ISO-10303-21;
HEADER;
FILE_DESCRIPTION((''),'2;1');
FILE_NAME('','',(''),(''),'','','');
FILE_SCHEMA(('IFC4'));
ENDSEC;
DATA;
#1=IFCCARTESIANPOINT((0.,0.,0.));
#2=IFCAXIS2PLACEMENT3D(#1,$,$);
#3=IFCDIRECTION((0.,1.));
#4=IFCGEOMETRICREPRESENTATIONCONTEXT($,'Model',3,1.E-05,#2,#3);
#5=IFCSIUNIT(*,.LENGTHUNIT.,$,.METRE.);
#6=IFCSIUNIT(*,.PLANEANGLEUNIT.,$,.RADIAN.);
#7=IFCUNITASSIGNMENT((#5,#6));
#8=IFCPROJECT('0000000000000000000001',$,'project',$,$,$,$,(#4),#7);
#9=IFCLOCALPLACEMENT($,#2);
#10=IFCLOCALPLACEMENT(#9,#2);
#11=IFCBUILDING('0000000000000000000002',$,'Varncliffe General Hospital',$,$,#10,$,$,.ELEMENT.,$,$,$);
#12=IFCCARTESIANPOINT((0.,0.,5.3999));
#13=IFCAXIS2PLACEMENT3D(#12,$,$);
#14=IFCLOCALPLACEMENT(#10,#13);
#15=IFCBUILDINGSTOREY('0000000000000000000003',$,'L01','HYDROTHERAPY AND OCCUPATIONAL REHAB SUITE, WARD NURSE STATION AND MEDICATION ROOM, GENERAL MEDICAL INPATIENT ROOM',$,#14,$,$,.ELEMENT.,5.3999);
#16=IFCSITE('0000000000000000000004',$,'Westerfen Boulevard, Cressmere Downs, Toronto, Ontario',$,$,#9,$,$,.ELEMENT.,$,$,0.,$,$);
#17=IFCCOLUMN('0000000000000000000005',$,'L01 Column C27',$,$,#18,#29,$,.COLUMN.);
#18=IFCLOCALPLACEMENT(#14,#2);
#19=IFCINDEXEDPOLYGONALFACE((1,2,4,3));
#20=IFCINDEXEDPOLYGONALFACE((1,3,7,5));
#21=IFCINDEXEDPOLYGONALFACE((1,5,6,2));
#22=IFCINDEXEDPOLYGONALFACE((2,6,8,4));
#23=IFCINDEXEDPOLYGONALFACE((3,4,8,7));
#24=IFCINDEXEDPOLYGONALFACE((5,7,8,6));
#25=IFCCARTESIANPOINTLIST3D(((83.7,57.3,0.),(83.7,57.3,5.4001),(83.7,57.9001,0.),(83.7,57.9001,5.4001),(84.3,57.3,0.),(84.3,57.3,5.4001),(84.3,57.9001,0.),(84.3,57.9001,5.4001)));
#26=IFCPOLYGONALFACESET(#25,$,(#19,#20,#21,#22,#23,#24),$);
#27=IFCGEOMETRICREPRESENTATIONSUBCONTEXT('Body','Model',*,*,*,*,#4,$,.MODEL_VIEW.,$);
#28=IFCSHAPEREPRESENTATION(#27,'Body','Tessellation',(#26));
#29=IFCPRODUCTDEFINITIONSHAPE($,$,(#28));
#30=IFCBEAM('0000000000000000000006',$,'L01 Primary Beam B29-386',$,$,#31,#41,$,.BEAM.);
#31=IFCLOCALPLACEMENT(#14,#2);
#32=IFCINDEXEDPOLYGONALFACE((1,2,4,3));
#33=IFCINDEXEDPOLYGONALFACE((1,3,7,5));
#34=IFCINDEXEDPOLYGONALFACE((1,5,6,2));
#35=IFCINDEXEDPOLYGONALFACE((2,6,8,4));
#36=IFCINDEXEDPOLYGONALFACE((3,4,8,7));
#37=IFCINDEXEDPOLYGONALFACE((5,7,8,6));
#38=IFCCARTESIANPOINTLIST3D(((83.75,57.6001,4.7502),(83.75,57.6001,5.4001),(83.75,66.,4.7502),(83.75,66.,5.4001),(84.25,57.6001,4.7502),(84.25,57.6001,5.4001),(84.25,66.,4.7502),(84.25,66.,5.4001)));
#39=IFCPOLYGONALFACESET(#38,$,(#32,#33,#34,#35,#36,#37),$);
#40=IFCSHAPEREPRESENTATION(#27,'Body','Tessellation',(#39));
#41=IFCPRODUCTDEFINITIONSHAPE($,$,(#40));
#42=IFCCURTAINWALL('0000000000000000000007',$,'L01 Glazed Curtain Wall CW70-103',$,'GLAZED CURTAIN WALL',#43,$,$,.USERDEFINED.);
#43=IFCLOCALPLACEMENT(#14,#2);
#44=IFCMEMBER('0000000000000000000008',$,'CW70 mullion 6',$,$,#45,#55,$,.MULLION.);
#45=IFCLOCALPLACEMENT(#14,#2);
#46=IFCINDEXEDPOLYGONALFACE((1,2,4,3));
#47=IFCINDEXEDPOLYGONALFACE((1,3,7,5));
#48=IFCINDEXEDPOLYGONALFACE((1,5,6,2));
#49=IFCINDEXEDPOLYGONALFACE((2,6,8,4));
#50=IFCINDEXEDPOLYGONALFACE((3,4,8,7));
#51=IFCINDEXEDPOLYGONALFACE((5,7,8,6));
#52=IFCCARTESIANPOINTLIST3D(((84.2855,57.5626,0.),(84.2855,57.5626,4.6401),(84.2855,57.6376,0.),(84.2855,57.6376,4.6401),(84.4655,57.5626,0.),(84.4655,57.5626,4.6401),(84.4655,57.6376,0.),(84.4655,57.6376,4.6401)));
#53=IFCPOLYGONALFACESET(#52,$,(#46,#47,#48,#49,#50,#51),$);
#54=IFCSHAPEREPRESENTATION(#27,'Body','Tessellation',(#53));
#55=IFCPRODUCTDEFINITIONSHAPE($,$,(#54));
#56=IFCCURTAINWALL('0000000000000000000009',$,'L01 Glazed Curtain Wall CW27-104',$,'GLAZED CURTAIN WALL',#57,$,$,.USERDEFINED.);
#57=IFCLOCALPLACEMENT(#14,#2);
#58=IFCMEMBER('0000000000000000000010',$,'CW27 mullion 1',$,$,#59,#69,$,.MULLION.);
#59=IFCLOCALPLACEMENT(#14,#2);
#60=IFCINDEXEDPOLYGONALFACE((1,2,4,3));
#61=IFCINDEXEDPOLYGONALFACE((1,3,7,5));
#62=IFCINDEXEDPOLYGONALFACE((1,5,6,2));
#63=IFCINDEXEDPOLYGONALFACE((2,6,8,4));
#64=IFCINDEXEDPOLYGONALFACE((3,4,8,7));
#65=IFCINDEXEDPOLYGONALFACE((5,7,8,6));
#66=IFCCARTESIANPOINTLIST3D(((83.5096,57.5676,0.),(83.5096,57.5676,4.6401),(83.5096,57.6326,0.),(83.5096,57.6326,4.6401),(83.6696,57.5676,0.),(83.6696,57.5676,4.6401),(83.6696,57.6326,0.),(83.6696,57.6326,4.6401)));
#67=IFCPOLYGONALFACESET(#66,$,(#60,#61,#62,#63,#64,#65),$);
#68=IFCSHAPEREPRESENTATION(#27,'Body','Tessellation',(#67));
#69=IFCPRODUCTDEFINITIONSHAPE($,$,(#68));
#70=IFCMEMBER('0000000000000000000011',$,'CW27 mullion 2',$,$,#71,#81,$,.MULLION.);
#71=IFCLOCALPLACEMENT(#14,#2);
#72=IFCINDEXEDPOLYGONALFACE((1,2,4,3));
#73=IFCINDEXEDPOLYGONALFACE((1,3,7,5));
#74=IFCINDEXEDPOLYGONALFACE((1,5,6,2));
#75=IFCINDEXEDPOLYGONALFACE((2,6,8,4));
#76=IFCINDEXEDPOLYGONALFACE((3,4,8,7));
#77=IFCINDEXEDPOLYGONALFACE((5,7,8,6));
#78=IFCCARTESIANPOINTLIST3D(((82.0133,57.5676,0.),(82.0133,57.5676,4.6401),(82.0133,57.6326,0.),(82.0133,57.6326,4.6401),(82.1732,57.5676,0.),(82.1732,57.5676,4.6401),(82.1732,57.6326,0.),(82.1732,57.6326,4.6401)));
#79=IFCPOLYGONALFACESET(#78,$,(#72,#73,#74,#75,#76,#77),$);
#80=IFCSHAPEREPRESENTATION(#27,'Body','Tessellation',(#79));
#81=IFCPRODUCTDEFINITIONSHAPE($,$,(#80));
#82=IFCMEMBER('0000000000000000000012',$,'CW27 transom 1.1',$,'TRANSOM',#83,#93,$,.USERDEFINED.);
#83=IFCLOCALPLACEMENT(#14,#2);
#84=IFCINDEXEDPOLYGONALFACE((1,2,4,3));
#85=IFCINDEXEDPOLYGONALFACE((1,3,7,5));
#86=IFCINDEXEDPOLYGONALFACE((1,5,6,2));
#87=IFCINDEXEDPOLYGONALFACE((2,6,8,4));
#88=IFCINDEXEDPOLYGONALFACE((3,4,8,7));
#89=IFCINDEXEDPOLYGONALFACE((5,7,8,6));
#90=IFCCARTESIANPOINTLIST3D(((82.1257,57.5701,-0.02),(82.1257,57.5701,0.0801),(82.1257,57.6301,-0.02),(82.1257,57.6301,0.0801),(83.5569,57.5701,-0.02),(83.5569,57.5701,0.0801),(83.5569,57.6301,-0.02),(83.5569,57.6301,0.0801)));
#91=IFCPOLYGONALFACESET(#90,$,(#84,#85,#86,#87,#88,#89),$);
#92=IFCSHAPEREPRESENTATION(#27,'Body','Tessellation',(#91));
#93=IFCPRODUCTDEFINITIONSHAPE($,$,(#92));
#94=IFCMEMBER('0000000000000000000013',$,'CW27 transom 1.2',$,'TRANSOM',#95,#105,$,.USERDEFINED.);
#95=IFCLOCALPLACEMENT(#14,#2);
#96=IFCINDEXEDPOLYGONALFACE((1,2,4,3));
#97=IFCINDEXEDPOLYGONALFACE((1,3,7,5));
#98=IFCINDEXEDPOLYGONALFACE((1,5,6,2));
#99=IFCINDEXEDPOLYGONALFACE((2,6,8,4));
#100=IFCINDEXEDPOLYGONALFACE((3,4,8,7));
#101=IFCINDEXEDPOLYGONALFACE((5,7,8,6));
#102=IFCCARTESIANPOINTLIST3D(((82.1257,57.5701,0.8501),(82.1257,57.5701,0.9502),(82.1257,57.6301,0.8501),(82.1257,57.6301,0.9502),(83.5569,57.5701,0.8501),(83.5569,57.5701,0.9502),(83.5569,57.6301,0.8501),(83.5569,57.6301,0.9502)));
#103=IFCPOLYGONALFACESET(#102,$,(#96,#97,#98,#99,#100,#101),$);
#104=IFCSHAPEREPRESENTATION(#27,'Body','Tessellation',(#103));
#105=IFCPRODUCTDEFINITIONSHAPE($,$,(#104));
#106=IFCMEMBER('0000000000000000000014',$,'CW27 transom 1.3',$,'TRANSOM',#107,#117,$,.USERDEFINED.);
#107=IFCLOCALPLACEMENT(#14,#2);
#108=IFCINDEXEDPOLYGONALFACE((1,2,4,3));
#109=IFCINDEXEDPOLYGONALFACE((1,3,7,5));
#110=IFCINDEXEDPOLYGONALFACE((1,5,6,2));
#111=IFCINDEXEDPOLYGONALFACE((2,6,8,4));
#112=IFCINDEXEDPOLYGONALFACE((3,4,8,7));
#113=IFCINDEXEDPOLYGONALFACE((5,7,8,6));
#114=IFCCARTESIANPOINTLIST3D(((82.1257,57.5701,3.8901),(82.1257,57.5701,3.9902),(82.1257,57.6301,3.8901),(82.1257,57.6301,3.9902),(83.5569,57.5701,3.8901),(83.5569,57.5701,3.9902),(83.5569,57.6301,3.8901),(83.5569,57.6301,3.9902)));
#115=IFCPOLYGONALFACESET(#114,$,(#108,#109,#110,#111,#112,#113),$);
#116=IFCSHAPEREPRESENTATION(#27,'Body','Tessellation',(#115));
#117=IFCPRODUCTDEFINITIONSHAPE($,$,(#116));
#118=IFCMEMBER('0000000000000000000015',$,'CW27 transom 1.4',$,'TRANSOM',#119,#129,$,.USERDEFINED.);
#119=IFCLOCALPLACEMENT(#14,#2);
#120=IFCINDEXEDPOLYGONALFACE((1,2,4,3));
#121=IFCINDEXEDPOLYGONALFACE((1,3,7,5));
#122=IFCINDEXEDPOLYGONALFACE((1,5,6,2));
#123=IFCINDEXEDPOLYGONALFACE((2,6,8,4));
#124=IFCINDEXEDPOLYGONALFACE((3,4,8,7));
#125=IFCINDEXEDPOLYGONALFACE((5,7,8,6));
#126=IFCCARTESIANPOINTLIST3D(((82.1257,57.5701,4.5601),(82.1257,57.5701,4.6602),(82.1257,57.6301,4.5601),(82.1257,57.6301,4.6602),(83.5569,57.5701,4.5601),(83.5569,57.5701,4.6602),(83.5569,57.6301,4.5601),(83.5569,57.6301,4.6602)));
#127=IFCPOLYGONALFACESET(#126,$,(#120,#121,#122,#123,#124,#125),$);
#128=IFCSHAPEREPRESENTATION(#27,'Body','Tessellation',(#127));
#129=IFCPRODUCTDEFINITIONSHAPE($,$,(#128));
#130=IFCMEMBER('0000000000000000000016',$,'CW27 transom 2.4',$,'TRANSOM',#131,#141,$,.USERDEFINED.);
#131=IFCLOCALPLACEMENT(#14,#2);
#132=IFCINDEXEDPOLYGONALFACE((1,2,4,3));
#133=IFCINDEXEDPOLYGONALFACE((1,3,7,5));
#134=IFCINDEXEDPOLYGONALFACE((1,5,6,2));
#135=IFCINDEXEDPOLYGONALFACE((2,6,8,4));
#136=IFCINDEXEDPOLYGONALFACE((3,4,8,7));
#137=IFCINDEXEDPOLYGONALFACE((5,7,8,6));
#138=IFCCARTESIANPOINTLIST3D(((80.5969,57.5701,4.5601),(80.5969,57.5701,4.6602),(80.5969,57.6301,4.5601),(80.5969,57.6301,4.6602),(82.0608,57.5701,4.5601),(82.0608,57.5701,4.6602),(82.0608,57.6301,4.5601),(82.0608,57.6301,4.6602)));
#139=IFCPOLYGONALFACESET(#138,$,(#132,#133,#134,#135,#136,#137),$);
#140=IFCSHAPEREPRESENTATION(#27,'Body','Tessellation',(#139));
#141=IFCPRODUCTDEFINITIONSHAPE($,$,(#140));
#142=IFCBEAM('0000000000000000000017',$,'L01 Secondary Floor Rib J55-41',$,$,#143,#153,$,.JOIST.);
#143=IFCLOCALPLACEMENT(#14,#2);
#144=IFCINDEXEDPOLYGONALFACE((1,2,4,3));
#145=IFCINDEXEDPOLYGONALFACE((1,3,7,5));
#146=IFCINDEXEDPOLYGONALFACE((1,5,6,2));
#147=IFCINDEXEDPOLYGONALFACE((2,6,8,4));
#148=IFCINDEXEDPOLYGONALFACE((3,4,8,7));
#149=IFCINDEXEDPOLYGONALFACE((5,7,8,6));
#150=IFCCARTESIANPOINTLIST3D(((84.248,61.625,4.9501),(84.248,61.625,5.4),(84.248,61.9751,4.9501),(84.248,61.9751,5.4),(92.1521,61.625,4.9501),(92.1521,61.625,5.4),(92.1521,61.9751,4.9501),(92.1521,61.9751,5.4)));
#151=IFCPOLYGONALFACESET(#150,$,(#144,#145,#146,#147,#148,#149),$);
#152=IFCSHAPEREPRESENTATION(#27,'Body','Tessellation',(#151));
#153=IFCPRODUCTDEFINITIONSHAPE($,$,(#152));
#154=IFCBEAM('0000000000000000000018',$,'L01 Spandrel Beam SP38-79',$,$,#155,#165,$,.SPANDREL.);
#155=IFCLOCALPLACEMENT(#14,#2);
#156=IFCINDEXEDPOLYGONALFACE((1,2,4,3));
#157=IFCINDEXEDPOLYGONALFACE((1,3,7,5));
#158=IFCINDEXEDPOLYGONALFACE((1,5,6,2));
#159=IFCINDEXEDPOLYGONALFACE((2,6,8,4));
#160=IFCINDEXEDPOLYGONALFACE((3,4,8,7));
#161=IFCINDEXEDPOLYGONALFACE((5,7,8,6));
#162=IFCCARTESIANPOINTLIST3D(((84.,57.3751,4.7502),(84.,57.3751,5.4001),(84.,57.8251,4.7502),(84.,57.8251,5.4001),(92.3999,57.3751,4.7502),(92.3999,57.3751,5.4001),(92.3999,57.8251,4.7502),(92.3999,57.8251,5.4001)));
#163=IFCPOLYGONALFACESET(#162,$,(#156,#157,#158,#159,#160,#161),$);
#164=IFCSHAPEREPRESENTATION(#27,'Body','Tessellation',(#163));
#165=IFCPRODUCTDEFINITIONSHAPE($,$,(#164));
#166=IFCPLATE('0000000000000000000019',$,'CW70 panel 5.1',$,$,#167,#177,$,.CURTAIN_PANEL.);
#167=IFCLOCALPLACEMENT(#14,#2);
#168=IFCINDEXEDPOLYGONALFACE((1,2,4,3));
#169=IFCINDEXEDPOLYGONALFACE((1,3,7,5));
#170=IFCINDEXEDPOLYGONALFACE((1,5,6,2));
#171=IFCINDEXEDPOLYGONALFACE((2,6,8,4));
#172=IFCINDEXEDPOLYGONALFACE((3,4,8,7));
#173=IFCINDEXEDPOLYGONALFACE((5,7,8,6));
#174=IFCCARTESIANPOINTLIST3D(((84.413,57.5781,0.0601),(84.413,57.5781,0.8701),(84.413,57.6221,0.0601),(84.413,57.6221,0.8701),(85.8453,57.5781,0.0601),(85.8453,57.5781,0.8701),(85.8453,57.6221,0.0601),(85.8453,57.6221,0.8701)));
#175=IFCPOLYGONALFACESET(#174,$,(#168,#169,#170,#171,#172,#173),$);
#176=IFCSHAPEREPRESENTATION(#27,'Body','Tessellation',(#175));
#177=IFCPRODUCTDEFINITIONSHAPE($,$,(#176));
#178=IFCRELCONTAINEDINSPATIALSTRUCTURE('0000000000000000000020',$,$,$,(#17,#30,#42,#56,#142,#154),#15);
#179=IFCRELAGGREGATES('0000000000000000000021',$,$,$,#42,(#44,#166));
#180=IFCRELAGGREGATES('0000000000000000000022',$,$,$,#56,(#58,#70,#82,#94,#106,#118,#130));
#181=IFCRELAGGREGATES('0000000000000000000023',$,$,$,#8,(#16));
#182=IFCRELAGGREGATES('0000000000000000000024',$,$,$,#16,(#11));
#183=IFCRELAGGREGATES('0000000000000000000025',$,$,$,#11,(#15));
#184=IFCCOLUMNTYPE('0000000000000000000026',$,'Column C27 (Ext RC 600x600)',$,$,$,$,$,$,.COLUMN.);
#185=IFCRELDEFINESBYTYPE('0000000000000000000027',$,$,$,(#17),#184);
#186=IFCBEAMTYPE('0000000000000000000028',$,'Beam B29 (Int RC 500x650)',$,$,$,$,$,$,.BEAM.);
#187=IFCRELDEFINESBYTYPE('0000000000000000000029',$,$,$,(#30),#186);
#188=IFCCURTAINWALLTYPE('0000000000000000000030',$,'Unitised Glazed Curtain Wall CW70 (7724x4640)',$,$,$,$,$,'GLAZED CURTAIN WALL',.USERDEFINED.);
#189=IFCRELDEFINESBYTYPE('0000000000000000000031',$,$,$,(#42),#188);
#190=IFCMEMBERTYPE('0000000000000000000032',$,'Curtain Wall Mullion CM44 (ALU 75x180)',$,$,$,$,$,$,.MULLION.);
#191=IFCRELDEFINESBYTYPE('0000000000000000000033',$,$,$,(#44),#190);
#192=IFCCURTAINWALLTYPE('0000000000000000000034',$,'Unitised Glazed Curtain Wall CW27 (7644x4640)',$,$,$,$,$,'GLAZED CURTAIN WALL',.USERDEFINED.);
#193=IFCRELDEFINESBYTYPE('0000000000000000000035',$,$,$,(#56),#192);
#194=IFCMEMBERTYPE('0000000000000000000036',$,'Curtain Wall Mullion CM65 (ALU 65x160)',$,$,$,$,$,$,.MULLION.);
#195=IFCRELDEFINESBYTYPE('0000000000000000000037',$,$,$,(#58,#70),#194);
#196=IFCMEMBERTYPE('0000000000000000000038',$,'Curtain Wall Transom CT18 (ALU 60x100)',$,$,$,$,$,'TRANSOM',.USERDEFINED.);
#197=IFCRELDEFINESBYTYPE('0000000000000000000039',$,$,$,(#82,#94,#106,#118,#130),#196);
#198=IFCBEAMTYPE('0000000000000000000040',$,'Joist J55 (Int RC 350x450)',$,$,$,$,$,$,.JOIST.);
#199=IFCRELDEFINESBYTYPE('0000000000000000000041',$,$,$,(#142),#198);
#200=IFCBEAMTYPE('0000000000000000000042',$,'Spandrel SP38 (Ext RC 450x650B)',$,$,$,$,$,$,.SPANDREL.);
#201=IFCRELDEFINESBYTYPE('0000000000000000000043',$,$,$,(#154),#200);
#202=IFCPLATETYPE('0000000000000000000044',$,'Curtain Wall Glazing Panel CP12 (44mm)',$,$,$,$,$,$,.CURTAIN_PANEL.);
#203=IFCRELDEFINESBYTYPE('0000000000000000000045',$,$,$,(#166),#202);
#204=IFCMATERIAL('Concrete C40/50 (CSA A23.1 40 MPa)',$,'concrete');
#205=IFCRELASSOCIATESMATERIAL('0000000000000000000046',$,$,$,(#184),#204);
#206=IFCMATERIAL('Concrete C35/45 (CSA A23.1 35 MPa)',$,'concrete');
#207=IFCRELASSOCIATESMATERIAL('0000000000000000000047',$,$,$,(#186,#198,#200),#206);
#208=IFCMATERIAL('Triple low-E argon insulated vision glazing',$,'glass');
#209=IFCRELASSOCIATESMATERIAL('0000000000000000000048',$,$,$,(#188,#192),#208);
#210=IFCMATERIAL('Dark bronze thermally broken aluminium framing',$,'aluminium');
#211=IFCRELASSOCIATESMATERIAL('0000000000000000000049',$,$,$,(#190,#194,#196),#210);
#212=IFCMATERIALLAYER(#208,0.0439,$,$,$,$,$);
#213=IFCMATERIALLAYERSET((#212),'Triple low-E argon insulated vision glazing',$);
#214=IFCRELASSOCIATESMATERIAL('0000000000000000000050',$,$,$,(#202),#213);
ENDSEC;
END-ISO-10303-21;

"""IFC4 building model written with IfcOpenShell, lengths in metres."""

from ifc_helpers import new_model, si_unit, direction, frame, origin, origin_2d, place, context, subcontext, project, spatial, rectangle, extrude, material, layer, layer_set, material_profile, profile_set, type_object, element, aggregate, save


model = new_model("IFC4")

# Units and contexts
model_context = context("Model", 3, precision=1e-05, world=origin(), true_north=direction((0.0, 1.0)))
body_context = subcontext(model_context, "Body", "Model", "MODEL_VIEW")
ifc_project = project(units=[si_unit("LENGTHUNIT", "METRE"), si_unit("PLANEANGLEUNIT", "RADIAN")], contexts=[model_context])

# Site, building, storey
site_placement = place(None, origin())
site = spatial("IfcSite", under=ifc_project, at=site_placement, Name="Westerfen Boulevard, Cressmere Downs, Toronto, Ontario", CompositionType="ELEMENT", RefElevation=0.0)
building_placement = place(site_placement, origin())
building = spatial("IfcBuilding", under=site, at=building_placement, Name="Varncliffe General Hospital", CompositionType="ELEMENT")
storey_placement = place(building_placement, frame((0.0, 0.0, 5.3999)))
storey = spatial("IfcBuildingStorey", under=building, at=storey_placement, Name="L01", Description="HYDROTHERAPY AND OCCUPATIONAL REHAB SUITE, WARD NURSE STATION AND MEDICATION ROOM, GENERAL MEDICAL INPATIENT ROOM", CompositionType="ELEMENT", Elevation=5.3999)

# Column
ifc_material_1 = material(Name="Concrete C40/50 (CSA A23.1 40 MPa)", Category="concrete")
ifc_material_profile_1 = material_profile(ifc_material_1, rectangle(XDim=0.6001, YDim=0.6001, at=origin_2d()), Name="RC 600x600")
ifc_profile_set_1 = profile_set([ifc_material_profile_1], Name="Concrete C40/50 (CSA A23.1 40 MPa)")
column_type = type_object("IfcColumnType", Name="Column C27 (Ext RC 600x600)", PredefinedType="COLUMN", material=ifc_profile_set_1)
column_placement = place(storey_placement, frame((84.0, 57.6001, 0.0), z_axis=(0.0, 0.0, 1.0), x_axis=(1.0, 0.0, 0.0)))
element("IfcColumn", 1, at=column_placement, inside=storey, type_object=column_type, Name="L01 Column C27", PredefinedType="COLUMN", context=body_context, shape_type="SweptSolid", body=[
    extrude(rectangle(XDim=0.6001, YDim=0.6001, at=origin_2d()), origin(), (0.0, 0.0, 1.0), 5.4001),
])

# Beam
ifc_material_2 = material(Name="Concrete C35/45 (CSA A23.1 35 MPa)", Category="concrete")
ifc_material_profile_2 = material_profile(ifc_material_2, rectangle(XDim=0.5, YDim=0.6499, at=origin_2d()), Name="RC 500x650")
ifc_profile_set_2 = profile_set([ifc_material_profile_2], Name="Concrete C35/45 (CSA A23.1 35 MPa)")
beam_type_1 = type_object("IfcBeamType", Name="Beam B29 (Int RC 500x650)", PredefinedType="BEAM", material=ifc_profile_set_2)
beam_1_placement = place(storey_placement, frame((84.0, 57.6001, 5.0752), z_axis=(0.0, 1.0, 0.0), x_axis=(-1.0, 0.0, 0.0)))
element("IfcBeam", 2, at=beam_1_placement, inside=storey, type_object=beam_type_1, Name="L01 Primary Beam B29-386", PredefinedType="BEAM", context=body_context, shape_type="SweptSolid", body=[
    extrude(rectangle(XDim=0.5, YDim=0.6499, at=origin_2d()), origin(), (0.0, 0.0, 1.0), 8.3999),
])

# Curtain wall, member
ifc_material_3 = material(Name="Triple low-E argon insulated vision glazing", Category="glass")
curtain_wall_type_1 = type_object("IfcCurtainWallType", Name="Unitised Glazed Curtain Wall CW70 (7724x4640)", ElementType="GLAZED CURTAIN WALL", PredefinedType="USERDEFINED", material=ifc_material_3)
curtain_wall_1_placement = place(storey_placement, origin())
curtain_wall_1 = element("IfcCurtainWall", 3, at=curtain_wall_1_placement, inside=storey, type_object=curtain_wall_type_1, Name="L01 Glazed Curtain Wall CW70-103", ObjectType="GLAZED CURTAIN WALL", PredefinedType="USERDEFINED")
ifc_material_4 = material(Name="Dark bronze thermally broken aluminium framing", Category="aluminium")
ifc_material_profile_3 = material_profile(ifc_material_4, rectangle(XDim=0.075, YDim=0.1799, at=origin_2d()), Name="ALU 75x180")
ifc_profile_set_3 = profile_set([ifc_material_profile_3], Name="Dark bronze thermally broken aluminium framing")
member_type_1 = type_object("IfcMemberType", Name="Curtain Wall Mullion CM44 (ALU 75x180)", PredefinedType="MULLION", material=ifc_profile_set_3)
member_1_placement = place(storey_placement, frame((84.3755, 57.6001, 0.0), z_axis=(0.0, 0.0, 1.0), x_axis=(0.0, -1.0, 0.0)))
member_1 = element("IfcMember", 4, at=member_1_placement, type_object=member_type_1, Name="CW70 mullion 6", PredefinedType="MULLION", context=body_context, shape_type="SweptSolid", body=[
    extrude(rectangle(XDim=0.075, YDim=0.1799, at=origin_2d()), origin(), (0.0, 0.0, 1.0), 4.6401),
])

# Curtain wall, members
curtain_wall_type_2 = type_object("IfcCurtainWallType", Name="Unitised Glazed Curtain Wall CW27 (7644x4640)", ElementType="GLAZED CURTAIN WALL", PredefinedType="USERDEFINED", material=ifc_material_3)
curtain_wall_2_placement = place(storey_placement, origin())
curtain_wall_2 = element("IfcCurtainWall", 5, at=curtain_wall_2_placement, inside=storey, type_object=curtain_wall_type_2, Name="L01 Glazed Curtain Wall CW27-104", ObjectType="GLAZED CURTAIN WALL", PredefinedType="USERDEFINED")
ifc_material_profile_4 = material_profile(ifc_material_4, rectangle(XDim=0.0649, YDim=0.1599, at=origin_2d()), Name="ALU 65x160")
ifc_profile_set_4 = profile_set([ifc_material_profile_4], Name="Dark bronze thermally broken aluminium framing")
member_type_2 = type_object("IfcMemberType", Name="Curtain Wall Mullion CM65 (ALU 65x160)", PredefinedType="MULLION", material=ifc_profile_set_4)
member_2_placement = place(storey_placement, frame((83.5896, 57.6001, 0.0), z_axis=(0.0, 0.0, 1.0), x_axis=(0.0, -1.0, 0.0)))
member_2 = element("IfcMember", 6, at=member_2_placement, type_object=member_type_2, Name="CW27 mullion 1", PredefinedType="MULLION", context=body_context, shape_type="SweptSolid", body=[
    extrude(rectangle(XDim=0.0649, YDim=0.1599, at=origin_2d()), origin(), (0.0, 0.0, 1.0), 4.6401),
])
member_3_placement = place(storey_placement, frame((82.0933, 57.6001, 0.0), z_axis=(0.0, 0.0, 1.0), x_axis=(0.0, -1.0, 0.0)))
member_3 = element("IfcMember", 7, at=member_3_placement, type_object=member_type_2, Name="CW27 mullion 2", PredefinedType="MULLION", context=body_context, shape_type="SweptSolid", body=[
    extrude(rectangle(XDim=0.0649, YDim=0.1599, at=origin_2d()), origin(), (0.0, 0.0, 1.0), 4.6401),
])
ifc_material_profile_5 = material_profile(ifc_material_4, rectangle(XDim=0.0601, YDim=0.1001, at=origin_2d()), Name="ALU 60x100")
ifc_profile_set_5 = profile_set([ifc_material_profile_5], Name="Dark bronze thermally broken aluminium framing")
member_type_3 = type_object("IfcMemberType", Name="Curtain Wall Transom CT18 (ALU 60x100)", ElementType="TRANSOM", PredefinedType="USERDEFINED", material=ifc_profile_set_5)
member_4_placement = place(storey_placement, frame((83.5569, 57.6001, 0.03), z_axis=(-1.0, 0.0, 0.0), x_axis=(0.0, -1.0, 0.0)))
member_4 = element("IfcMember", 8, at=member_4_placement, type_object=member_type_3, Name="CW27 transom 1.1", ObjectType="TRANSOM", PredefinedType="USERDEFINED", context=body_context, shape_type="SweptSolid", body=[
    extrude(rectangle(XDim=0.0601, YDim=0.1001, at=origin_2d()), origin(), (0.0, 0.0, 1.0), 1.4312),
])
member_5_placement = place(storey_placement, frame((83.5569, 57.6001, 0.9001), z_axis=(-1.0, 0.0, 0.0), x_axis=(0.0, -1.0, 0.0)))
member_5 = element("IfcMember", 9, at=member_5_placement, type_object=member_type_3, Name="CW27 transom 1.2", ObjectType="TRANSOM", PredefinedType="USERDEFINED", context=body_context, shape_type="SweptSolid", body=[
    extrude(rectangle(XDim=0.0601, YDim=0.1001, at=origin_2d()), origin(), (0.0, 0.0, 1.0), 1.4312),
])
member_6_placement = place(storey_placement, frame((83.5569, 57.6001, 3.9402), z_axis=(-1.0, 0.0, 0.0), x_axis=(0.0, -1.0, 0.0)))
member_6 = element("IfcMember", 10, at=member_6_placement, type_object=member_type_3, Name="CW27 transom 1.3", ObjectType="TRANSOM", PredefinedType="USERDEFINED", context=body_context, shape_type="SweptSolid", body=[
    extrude(rectangle(XDim=0.0601, YDim=0.1001, at=origin_2d()), origin(), (0.0, 0.0, 1.0), 1.4312),
])
member_7_placement = place(storey_placement, frame((83.5569, 57.6001, 4.6101), z_axis=(-1.0, 0.0, 0.0), x_axis=(0.0, -1.0, 0.0)))
member_7 = element("IfcMember", 11, at=member_7_placement, type_object=member_type_3, Name="CW27 transom 1.4", ObjectType="TRANSOM", PredefinedType="USERDEFINED", context=body_context, shape_type="SweptSolid", body=[
    extrude(rectangle(XDim=0.0601, YDim=0.1001, at=origin_2d()), origin(), (0.0, 0.0, 1.0), 1.4312),
])
member_8_placement = place(storey_placement, frame((82.0608, 57.6001, 4.6101), z_axis=(-1.0, 0.0, 0.0), x_axis=(0.0, -1.0, 0.0)))
member_8 = element("IfcMember", 12, at=member_8_placement, type_object=member_type_3, Name="CW27 transom 2.4", ObjectType="TRANSOM", PredefinedType="USERDEFINED", context=body_context, shape_type="SweptSolid", body=[
    extrude(rectangle(XDim=0.0601, YDim=0.1001, at=origin_2d()), origin(), (0.0, 0.0, 1.0), 1.4639),
])

# Beams
ifc_material_profile_6 = material_profile(ifc_material_2, rectangle(XDim=0.3501, YDim=0.45, at=origin_2d()), Name="RC 350x450")
ifc_profile_set_6 = profile_set([ifc_material_profile_6], Name="Concrete C35/45 (CSA A23.1 35 MPa)")
beam_type_2 = type_object("IfcBeamType", Name="Joist J55 (Int RC 350x450)", PredefinedType="JOIST", material=ifc_profile_set_6)
beam_2_placement = place(storey_placement, frame((84.248, 61.8, 5.175), z_axis=(1.0, 0.0, 0.0), x_axis=(0.0, 1.0, 0.0)))
element("IfcBeam", 13, at=beam_2_placement, inside=storey, type_object=beam_type_2, Name="L01 Secondary Floor Rib J55-41", PredefinedType="JOIST", context=body_context, shape_type="SweptSolid", body=[
    extrude(rectangle(XDim=0.3501, YDim=0.45, at=origin_2d()), origin(), (0.0, 0.0, 1.0), 7.9041),
])
ifc_material_profile_7 = material_profile(ifc_material_2, rectangle(XDim=0.45, YDim=0.6499, at=origin_2d()), Name="RC 450x650")
ifc_profile_set_7 = profile_set([ifc_material_profile_7], Name="Concrete C35/45 (CSA A23.1 35 MPa)")
beam_type_3 = type_object("IfcBeamType", Name="Spandrel SP38 (Ext RC 450x650B)", PredefinedType="SPANDREL", material=ifc_profile_set_7)
beam_3_placement = place(storey_placement, frame((84.0, 57.6001, 5.0752), z_axis=(1.0, 0.0, 0.0), x_axis=(0.0, 1.0, 0.0)))
element("IfcBeam", 14, at=beam_3_placement, inside=storey, type_object=beam_type_3, Name="L01 Spandrel Beam SP38-79", PredefinedType="SPANDREL", context=body_context, shape_type="SweptSolid", body=[
    extrude(rectangle(XDim=0.45, YDim=0.6499, at=origin_2d()), origin(), (0.0, 0.0, 1.0), 8.3999),
])

# Plate
ifc_layer_1 = layer(ifc_material_3, 0.0439)
ifc_layer_set_1 = layer_set([ifc_layer_1], Name="Triple low-E argon insulated vision glazing")
plate_type_1 = type_object("IfcPlateType", Name="Curtain Wall Glazing Panel CP12 (44mm)", PredefinedType="CURTAIN_PANEL", material=ifc_layer_set_1)
plate_1_placement = place(storey_placement, frame((85.1292, 57.6001, 0.0601), z_axis=(0.0, 0.0, 1.0), x_axis=(-1.0, 0.0, 0.0)))
plate_1 = element("IfcPlate", 15, at=plate_1_placement, type_object=plate_type_1, Name="CW70 panel 5.1", PredefinedType="CURTAIN_PANEL", context=body_context, shape_type="SweptSolid", body=[
    extrude(rectangle(XDim=1.4324, YDim=0.0439, at=origin_2d()), origin(), (0.0, 0.0, 1.0), 0.8101),
])
aggregate(curtain_wall_1, [member_1, plate_1])
aggregate(curtain_wall_2, [member_2, member_3, member_4, member_5, member_6, member_7, member_8])

save(model, "model.ifc")
